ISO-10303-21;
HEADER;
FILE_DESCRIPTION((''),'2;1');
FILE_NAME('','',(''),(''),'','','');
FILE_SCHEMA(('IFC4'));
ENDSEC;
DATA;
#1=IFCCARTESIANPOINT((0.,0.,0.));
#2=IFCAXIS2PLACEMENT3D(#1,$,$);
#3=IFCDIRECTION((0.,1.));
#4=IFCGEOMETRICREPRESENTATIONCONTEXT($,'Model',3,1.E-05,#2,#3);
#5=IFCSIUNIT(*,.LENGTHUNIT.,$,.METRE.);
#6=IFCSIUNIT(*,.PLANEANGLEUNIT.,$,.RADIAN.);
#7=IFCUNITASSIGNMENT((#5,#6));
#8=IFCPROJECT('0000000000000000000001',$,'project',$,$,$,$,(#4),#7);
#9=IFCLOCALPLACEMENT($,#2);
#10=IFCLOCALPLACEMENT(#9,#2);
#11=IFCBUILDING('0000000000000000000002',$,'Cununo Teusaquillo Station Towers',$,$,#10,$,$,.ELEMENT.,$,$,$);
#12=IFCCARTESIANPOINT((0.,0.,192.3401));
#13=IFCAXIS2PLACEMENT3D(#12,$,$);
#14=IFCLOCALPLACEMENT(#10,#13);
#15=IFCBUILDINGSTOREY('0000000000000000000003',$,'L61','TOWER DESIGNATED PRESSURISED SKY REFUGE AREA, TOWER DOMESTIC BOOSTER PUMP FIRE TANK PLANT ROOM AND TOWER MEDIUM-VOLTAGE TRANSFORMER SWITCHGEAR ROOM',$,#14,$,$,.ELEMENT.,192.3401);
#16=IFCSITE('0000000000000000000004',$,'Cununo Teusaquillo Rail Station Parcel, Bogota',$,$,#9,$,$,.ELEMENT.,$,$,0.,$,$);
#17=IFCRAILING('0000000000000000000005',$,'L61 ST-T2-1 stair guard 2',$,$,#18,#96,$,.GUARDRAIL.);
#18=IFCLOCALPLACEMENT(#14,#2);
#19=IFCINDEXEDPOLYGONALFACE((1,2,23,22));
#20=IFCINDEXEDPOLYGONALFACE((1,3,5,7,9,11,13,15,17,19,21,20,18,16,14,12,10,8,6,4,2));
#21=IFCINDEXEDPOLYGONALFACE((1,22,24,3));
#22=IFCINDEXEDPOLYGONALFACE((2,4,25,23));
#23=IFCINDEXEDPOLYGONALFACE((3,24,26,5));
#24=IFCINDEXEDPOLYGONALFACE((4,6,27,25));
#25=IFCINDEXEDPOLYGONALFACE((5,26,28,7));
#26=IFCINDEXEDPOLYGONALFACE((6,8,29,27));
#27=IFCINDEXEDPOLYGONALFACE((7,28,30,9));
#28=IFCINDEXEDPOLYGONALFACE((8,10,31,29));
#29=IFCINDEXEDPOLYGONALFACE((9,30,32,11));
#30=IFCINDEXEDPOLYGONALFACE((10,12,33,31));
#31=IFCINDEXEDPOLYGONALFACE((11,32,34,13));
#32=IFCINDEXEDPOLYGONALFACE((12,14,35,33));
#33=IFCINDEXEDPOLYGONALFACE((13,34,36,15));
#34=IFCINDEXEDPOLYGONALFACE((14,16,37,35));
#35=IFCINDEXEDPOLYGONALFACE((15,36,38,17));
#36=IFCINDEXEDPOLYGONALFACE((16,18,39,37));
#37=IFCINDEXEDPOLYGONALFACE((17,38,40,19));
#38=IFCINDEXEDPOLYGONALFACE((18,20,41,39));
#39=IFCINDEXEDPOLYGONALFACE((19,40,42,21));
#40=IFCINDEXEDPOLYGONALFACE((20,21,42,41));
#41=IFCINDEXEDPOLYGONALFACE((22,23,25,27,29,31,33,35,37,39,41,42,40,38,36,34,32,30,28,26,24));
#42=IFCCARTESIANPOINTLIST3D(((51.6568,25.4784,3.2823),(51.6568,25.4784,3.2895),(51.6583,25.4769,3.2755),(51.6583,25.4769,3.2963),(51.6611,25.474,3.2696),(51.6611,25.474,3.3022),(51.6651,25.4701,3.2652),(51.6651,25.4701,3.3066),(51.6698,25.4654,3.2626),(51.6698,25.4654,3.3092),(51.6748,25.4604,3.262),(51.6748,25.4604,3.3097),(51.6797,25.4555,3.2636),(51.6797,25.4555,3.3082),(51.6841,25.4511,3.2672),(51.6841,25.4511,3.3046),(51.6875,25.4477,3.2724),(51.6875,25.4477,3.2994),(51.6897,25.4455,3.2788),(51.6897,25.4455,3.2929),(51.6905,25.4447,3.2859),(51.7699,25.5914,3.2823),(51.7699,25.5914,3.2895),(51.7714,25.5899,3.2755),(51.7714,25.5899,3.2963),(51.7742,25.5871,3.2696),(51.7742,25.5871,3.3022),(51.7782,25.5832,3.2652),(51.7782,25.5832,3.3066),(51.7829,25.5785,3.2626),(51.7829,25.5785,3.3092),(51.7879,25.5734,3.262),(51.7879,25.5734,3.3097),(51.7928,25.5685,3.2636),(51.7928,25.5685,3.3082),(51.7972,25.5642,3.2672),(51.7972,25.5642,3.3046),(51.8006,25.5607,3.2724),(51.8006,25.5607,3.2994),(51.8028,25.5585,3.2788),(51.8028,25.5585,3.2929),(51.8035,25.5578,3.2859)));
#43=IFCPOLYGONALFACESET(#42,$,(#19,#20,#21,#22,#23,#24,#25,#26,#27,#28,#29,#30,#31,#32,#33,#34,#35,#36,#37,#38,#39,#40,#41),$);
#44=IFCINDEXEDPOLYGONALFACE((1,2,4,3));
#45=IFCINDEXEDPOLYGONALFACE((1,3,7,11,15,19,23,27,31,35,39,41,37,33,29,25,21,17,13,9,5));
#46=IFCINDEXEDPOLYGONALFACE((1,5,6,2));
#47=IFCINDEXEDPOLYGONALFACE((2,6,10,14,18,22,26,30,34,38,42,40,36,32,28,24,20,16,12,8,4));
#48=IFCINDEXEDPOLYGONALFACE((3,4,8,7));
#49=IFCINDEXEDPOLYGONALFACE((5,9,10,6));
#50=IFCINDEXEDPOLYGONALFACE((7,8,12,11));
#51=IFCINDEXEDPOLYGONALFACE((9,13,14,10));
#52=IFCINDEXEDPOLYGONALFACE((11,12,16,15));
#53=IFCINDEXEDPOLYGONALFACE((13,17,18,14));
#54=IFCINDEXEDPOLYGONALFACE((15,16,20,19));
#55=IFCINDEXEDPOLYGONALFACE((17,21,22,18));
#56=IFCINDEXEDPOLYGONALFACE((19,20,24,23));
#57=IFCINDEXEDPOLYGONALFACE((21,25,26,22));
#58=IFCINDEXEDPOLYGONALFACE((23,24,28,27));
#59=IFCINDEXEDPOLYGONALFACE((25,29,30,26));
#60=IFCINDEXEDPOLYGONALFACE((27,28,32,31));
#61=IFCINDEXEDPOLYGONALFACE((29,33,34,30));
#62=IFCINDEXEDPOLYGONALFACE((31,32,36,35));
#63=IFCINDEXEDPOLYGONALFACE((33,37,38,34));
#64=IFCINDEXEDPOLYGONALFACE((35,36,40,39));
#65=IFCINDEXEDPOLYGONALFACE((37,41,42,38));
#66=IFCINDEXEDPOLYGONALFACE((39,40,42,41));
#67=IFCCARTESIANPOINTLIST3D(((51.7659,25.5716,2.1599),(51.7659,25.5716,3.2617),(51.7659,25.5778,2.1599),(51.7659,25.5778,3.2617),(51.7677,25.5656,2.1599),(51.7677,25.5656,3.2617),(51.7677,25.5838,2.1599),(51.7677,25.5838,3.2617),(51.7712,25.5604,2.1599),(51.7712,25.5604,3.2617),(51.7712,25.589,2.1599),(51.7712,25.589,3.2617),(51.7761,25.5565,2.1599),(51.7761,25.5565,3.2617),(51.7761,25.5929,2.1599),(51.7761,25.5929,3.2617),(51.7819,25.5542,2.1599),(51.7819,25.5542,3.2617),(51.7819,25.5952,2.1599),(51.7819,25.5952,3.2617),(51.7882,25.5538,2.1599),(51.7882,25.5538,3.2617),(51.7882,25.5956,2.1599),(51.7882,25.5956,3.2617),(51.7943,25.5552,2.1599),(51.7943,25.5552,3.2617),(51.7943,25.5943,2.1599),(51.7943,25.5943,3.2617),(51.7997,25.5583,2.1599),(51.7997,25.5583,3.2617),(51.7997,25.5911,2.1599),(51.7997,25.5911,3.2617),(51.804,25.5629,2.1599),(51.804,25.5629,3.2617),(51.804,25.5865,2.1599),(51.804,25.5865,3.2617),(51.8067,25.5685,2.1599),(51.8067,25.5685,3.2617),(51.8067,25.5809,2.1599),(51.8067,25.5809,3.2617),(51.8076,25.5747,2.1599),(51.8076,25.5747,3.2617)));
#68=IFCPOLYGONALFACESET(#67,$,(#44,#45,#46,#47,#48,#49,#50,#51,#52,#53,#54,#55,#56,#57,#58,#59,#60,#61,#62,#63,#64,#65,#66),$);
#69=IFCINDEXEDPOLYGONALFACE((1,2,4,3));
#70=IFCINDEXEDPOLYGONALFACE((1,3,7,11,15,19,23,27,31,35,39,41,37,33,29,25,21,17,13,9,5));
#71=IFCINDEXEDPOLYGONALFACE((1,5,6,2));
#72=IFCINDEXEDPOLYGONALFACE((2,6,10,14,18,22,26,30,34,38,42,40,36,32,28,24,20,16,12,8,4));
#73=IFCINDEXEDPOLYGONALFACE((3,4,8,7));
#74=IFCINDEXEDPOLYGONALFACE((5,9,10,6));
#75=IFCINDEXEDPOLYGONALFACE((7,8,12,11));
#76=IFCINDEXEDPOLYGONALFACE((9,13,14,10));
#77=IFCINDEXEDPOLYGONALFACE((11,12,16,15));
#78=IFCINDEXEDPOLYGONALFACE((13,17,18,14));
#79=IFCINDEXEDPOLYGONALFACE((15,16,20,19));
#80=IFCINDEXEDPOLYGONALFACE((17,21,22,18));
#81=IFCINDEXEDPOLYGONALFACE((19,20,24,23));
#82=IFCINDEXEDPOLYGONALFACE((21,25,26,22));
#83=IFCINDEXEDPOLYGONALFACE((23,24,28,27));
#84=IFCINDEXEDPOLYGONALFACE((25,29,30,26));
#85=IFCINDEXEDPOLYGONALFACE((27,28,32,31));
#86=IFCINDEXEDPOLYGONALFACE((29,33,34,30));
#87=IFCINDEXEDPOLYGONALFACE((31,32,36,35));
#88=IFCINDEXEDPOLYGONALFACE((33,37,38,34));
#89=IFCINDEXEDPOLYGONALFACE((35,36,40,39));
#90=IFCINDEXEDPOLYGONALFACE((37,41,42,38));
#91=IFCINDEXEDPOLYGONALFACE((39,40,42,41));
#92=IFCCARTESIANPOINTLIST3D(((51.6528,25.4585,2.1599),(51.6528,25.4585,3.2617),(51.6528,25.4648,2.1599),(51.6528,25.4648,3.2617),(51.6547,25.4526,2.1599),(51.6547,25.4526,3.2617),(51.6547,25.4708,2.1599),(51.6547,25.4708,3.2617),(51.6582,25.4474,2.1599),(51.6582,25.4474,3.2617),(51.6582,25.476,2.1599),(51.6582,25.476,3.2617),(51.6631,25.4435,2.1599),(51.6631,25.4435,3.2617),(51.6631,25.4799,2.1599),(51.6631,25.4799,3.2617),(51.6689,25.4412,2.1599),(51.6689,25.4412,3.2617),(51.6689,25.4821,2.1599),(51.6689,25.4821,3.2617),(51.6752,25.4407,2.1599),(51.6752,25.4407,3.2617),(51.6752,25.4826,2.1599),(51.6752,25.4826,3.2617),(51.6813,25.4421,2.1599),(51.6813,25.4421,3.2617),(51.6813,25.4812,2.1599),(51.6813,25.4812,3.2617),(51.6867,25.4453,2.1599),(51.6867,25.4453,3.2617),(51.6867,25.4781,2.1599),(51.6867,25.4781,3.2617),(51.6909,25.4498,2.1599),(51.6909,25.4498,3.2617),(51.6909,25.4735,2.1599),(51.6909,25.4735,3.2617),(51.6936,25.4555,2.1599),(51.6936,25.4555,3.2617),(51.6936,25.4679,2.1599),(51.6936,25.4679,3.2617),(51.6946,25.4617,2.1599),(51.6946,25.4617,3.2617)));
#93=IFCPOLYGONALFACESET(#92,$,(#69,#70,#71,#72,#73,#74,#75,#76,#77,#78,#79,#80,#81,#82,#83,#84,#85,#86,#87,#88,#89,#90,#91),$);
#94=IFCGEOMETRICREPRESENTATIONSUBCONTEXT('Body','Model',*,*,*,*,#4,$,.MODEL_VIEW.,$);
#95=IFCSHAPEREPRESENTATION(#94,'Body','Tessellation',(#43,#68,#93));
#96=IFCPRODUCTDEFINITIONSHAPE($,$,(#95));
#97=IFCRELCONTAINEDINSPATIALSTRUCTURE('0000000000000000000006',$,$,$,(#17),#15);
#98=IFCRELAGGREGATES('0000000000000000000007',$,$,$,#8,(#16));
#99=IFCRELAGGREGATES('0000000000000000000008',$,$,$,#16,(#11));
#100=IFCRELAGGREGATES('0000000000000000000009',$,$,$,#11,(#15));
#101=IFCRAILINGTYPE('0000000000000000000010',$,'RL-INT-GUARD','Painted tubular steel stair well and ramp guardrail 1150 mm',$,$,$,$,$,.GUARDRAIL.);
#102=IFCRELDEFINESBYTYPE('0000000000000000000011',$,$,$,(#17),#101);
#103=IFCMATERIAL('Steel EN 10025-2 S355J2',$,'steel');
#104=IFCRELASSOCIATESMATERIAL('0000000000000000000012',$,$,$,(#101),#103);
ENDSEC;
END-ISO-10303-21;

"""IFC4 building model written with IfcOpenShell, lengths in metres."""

from ifc_helpers import new_model, si_unit, direction, frame, origin, origin_2d, place, context, subcontext, project, spatial, circle, extrude, material, type_object, element, save


model = new_model("IFC4")

# Units and contexts
model_context = context("Model", 3, precision=1e-05, world=origin(), true_north=direction((0.0, 1.0)))
body_context = subcontext(model_context, "Body", "Model", "MODEL_VIEW")
ifc_project = project(units=[si_unit("LENGTHUNIT", "METRE"), si_unit("PLANEANGLEUNIT", "RADIAN")], contexts=[model_context])

# Site, building, storey
site_placement = place(None, origin())
site = spatial("IfcSite", under=ifc_project, at=site_placement, Name="Cununo Teusaquillo Rail Station Parcel, Bogota", CompositionType="ELEMENT", RefElevation=0.0)
building_placement = place(site_placement, origin())
building = spatial("IfcBuilding", under=site, at=building_placement, Name="Cununo Teusaquillo Station Towers", CompositionType="ELEMENT")
storey_placement = place(building_placement, frame((0.0, 0.0, 192.3401)))
storey = spatial("IfcBuildingStorey", under=building, at=storey_placement, Name="L61", Description="TOWER DESIGNATED PRESSURISED SKY REFUGE AREA, TOWER DOMESTIC BOOSTER PUMP FIRE TANK PLANT ROOM AND TOWER MEDIUM-VOLTAGE TRANSFORMER SWITCHGEAR ROOM", CompositionType="ELEMENT", Elevation=192.3401)

# Railing
ifc_material_1 = material(Name="Steel EN 10025-2 S355J2", Category="steel")
railing_type_1 = type_object("IfcRailingType", Name="RL-INT-GUARD", Description="Painted tubular steel stair well and ramp guardrail 1150 mm", PredefinedType="GUARDRAIL", material=ifc_material_1)
railing_1_placement = place(storey_placement, frame((51.7866, 25.5747, 2.1599)))
element("IfcRailing", 1, at=railing_1_placement, inside=storey, type_object=railing_type_1, Name="L61 ST-T2-1 stair guard 2", PredefinedType="GUARDRAIL", context=body_context, shape_type="SweptSolid", body=[
    extrude(circle(Radius=0.0239, at=origin_2d()), frame((0.0, 0.0, 1.126), z_axis=(-0.707107, -0.707107, 0.0), x_axis=(0.707107, -0.707107, 0.0)), (0.0, 0.0, 1.0), 0.1599),
    extrude(circle(Radius=0.021, at=origin_2d()), origin(), (0.0, 0.0, 1.0), 1.1018),
    extrude(circle(Radius=0.021, at=origin_2d()), frame((-0.113, -0.113, 0.0)), (0.0, 0.0, 1.0), 1.1018),
])

save(model, "model.ifc")
